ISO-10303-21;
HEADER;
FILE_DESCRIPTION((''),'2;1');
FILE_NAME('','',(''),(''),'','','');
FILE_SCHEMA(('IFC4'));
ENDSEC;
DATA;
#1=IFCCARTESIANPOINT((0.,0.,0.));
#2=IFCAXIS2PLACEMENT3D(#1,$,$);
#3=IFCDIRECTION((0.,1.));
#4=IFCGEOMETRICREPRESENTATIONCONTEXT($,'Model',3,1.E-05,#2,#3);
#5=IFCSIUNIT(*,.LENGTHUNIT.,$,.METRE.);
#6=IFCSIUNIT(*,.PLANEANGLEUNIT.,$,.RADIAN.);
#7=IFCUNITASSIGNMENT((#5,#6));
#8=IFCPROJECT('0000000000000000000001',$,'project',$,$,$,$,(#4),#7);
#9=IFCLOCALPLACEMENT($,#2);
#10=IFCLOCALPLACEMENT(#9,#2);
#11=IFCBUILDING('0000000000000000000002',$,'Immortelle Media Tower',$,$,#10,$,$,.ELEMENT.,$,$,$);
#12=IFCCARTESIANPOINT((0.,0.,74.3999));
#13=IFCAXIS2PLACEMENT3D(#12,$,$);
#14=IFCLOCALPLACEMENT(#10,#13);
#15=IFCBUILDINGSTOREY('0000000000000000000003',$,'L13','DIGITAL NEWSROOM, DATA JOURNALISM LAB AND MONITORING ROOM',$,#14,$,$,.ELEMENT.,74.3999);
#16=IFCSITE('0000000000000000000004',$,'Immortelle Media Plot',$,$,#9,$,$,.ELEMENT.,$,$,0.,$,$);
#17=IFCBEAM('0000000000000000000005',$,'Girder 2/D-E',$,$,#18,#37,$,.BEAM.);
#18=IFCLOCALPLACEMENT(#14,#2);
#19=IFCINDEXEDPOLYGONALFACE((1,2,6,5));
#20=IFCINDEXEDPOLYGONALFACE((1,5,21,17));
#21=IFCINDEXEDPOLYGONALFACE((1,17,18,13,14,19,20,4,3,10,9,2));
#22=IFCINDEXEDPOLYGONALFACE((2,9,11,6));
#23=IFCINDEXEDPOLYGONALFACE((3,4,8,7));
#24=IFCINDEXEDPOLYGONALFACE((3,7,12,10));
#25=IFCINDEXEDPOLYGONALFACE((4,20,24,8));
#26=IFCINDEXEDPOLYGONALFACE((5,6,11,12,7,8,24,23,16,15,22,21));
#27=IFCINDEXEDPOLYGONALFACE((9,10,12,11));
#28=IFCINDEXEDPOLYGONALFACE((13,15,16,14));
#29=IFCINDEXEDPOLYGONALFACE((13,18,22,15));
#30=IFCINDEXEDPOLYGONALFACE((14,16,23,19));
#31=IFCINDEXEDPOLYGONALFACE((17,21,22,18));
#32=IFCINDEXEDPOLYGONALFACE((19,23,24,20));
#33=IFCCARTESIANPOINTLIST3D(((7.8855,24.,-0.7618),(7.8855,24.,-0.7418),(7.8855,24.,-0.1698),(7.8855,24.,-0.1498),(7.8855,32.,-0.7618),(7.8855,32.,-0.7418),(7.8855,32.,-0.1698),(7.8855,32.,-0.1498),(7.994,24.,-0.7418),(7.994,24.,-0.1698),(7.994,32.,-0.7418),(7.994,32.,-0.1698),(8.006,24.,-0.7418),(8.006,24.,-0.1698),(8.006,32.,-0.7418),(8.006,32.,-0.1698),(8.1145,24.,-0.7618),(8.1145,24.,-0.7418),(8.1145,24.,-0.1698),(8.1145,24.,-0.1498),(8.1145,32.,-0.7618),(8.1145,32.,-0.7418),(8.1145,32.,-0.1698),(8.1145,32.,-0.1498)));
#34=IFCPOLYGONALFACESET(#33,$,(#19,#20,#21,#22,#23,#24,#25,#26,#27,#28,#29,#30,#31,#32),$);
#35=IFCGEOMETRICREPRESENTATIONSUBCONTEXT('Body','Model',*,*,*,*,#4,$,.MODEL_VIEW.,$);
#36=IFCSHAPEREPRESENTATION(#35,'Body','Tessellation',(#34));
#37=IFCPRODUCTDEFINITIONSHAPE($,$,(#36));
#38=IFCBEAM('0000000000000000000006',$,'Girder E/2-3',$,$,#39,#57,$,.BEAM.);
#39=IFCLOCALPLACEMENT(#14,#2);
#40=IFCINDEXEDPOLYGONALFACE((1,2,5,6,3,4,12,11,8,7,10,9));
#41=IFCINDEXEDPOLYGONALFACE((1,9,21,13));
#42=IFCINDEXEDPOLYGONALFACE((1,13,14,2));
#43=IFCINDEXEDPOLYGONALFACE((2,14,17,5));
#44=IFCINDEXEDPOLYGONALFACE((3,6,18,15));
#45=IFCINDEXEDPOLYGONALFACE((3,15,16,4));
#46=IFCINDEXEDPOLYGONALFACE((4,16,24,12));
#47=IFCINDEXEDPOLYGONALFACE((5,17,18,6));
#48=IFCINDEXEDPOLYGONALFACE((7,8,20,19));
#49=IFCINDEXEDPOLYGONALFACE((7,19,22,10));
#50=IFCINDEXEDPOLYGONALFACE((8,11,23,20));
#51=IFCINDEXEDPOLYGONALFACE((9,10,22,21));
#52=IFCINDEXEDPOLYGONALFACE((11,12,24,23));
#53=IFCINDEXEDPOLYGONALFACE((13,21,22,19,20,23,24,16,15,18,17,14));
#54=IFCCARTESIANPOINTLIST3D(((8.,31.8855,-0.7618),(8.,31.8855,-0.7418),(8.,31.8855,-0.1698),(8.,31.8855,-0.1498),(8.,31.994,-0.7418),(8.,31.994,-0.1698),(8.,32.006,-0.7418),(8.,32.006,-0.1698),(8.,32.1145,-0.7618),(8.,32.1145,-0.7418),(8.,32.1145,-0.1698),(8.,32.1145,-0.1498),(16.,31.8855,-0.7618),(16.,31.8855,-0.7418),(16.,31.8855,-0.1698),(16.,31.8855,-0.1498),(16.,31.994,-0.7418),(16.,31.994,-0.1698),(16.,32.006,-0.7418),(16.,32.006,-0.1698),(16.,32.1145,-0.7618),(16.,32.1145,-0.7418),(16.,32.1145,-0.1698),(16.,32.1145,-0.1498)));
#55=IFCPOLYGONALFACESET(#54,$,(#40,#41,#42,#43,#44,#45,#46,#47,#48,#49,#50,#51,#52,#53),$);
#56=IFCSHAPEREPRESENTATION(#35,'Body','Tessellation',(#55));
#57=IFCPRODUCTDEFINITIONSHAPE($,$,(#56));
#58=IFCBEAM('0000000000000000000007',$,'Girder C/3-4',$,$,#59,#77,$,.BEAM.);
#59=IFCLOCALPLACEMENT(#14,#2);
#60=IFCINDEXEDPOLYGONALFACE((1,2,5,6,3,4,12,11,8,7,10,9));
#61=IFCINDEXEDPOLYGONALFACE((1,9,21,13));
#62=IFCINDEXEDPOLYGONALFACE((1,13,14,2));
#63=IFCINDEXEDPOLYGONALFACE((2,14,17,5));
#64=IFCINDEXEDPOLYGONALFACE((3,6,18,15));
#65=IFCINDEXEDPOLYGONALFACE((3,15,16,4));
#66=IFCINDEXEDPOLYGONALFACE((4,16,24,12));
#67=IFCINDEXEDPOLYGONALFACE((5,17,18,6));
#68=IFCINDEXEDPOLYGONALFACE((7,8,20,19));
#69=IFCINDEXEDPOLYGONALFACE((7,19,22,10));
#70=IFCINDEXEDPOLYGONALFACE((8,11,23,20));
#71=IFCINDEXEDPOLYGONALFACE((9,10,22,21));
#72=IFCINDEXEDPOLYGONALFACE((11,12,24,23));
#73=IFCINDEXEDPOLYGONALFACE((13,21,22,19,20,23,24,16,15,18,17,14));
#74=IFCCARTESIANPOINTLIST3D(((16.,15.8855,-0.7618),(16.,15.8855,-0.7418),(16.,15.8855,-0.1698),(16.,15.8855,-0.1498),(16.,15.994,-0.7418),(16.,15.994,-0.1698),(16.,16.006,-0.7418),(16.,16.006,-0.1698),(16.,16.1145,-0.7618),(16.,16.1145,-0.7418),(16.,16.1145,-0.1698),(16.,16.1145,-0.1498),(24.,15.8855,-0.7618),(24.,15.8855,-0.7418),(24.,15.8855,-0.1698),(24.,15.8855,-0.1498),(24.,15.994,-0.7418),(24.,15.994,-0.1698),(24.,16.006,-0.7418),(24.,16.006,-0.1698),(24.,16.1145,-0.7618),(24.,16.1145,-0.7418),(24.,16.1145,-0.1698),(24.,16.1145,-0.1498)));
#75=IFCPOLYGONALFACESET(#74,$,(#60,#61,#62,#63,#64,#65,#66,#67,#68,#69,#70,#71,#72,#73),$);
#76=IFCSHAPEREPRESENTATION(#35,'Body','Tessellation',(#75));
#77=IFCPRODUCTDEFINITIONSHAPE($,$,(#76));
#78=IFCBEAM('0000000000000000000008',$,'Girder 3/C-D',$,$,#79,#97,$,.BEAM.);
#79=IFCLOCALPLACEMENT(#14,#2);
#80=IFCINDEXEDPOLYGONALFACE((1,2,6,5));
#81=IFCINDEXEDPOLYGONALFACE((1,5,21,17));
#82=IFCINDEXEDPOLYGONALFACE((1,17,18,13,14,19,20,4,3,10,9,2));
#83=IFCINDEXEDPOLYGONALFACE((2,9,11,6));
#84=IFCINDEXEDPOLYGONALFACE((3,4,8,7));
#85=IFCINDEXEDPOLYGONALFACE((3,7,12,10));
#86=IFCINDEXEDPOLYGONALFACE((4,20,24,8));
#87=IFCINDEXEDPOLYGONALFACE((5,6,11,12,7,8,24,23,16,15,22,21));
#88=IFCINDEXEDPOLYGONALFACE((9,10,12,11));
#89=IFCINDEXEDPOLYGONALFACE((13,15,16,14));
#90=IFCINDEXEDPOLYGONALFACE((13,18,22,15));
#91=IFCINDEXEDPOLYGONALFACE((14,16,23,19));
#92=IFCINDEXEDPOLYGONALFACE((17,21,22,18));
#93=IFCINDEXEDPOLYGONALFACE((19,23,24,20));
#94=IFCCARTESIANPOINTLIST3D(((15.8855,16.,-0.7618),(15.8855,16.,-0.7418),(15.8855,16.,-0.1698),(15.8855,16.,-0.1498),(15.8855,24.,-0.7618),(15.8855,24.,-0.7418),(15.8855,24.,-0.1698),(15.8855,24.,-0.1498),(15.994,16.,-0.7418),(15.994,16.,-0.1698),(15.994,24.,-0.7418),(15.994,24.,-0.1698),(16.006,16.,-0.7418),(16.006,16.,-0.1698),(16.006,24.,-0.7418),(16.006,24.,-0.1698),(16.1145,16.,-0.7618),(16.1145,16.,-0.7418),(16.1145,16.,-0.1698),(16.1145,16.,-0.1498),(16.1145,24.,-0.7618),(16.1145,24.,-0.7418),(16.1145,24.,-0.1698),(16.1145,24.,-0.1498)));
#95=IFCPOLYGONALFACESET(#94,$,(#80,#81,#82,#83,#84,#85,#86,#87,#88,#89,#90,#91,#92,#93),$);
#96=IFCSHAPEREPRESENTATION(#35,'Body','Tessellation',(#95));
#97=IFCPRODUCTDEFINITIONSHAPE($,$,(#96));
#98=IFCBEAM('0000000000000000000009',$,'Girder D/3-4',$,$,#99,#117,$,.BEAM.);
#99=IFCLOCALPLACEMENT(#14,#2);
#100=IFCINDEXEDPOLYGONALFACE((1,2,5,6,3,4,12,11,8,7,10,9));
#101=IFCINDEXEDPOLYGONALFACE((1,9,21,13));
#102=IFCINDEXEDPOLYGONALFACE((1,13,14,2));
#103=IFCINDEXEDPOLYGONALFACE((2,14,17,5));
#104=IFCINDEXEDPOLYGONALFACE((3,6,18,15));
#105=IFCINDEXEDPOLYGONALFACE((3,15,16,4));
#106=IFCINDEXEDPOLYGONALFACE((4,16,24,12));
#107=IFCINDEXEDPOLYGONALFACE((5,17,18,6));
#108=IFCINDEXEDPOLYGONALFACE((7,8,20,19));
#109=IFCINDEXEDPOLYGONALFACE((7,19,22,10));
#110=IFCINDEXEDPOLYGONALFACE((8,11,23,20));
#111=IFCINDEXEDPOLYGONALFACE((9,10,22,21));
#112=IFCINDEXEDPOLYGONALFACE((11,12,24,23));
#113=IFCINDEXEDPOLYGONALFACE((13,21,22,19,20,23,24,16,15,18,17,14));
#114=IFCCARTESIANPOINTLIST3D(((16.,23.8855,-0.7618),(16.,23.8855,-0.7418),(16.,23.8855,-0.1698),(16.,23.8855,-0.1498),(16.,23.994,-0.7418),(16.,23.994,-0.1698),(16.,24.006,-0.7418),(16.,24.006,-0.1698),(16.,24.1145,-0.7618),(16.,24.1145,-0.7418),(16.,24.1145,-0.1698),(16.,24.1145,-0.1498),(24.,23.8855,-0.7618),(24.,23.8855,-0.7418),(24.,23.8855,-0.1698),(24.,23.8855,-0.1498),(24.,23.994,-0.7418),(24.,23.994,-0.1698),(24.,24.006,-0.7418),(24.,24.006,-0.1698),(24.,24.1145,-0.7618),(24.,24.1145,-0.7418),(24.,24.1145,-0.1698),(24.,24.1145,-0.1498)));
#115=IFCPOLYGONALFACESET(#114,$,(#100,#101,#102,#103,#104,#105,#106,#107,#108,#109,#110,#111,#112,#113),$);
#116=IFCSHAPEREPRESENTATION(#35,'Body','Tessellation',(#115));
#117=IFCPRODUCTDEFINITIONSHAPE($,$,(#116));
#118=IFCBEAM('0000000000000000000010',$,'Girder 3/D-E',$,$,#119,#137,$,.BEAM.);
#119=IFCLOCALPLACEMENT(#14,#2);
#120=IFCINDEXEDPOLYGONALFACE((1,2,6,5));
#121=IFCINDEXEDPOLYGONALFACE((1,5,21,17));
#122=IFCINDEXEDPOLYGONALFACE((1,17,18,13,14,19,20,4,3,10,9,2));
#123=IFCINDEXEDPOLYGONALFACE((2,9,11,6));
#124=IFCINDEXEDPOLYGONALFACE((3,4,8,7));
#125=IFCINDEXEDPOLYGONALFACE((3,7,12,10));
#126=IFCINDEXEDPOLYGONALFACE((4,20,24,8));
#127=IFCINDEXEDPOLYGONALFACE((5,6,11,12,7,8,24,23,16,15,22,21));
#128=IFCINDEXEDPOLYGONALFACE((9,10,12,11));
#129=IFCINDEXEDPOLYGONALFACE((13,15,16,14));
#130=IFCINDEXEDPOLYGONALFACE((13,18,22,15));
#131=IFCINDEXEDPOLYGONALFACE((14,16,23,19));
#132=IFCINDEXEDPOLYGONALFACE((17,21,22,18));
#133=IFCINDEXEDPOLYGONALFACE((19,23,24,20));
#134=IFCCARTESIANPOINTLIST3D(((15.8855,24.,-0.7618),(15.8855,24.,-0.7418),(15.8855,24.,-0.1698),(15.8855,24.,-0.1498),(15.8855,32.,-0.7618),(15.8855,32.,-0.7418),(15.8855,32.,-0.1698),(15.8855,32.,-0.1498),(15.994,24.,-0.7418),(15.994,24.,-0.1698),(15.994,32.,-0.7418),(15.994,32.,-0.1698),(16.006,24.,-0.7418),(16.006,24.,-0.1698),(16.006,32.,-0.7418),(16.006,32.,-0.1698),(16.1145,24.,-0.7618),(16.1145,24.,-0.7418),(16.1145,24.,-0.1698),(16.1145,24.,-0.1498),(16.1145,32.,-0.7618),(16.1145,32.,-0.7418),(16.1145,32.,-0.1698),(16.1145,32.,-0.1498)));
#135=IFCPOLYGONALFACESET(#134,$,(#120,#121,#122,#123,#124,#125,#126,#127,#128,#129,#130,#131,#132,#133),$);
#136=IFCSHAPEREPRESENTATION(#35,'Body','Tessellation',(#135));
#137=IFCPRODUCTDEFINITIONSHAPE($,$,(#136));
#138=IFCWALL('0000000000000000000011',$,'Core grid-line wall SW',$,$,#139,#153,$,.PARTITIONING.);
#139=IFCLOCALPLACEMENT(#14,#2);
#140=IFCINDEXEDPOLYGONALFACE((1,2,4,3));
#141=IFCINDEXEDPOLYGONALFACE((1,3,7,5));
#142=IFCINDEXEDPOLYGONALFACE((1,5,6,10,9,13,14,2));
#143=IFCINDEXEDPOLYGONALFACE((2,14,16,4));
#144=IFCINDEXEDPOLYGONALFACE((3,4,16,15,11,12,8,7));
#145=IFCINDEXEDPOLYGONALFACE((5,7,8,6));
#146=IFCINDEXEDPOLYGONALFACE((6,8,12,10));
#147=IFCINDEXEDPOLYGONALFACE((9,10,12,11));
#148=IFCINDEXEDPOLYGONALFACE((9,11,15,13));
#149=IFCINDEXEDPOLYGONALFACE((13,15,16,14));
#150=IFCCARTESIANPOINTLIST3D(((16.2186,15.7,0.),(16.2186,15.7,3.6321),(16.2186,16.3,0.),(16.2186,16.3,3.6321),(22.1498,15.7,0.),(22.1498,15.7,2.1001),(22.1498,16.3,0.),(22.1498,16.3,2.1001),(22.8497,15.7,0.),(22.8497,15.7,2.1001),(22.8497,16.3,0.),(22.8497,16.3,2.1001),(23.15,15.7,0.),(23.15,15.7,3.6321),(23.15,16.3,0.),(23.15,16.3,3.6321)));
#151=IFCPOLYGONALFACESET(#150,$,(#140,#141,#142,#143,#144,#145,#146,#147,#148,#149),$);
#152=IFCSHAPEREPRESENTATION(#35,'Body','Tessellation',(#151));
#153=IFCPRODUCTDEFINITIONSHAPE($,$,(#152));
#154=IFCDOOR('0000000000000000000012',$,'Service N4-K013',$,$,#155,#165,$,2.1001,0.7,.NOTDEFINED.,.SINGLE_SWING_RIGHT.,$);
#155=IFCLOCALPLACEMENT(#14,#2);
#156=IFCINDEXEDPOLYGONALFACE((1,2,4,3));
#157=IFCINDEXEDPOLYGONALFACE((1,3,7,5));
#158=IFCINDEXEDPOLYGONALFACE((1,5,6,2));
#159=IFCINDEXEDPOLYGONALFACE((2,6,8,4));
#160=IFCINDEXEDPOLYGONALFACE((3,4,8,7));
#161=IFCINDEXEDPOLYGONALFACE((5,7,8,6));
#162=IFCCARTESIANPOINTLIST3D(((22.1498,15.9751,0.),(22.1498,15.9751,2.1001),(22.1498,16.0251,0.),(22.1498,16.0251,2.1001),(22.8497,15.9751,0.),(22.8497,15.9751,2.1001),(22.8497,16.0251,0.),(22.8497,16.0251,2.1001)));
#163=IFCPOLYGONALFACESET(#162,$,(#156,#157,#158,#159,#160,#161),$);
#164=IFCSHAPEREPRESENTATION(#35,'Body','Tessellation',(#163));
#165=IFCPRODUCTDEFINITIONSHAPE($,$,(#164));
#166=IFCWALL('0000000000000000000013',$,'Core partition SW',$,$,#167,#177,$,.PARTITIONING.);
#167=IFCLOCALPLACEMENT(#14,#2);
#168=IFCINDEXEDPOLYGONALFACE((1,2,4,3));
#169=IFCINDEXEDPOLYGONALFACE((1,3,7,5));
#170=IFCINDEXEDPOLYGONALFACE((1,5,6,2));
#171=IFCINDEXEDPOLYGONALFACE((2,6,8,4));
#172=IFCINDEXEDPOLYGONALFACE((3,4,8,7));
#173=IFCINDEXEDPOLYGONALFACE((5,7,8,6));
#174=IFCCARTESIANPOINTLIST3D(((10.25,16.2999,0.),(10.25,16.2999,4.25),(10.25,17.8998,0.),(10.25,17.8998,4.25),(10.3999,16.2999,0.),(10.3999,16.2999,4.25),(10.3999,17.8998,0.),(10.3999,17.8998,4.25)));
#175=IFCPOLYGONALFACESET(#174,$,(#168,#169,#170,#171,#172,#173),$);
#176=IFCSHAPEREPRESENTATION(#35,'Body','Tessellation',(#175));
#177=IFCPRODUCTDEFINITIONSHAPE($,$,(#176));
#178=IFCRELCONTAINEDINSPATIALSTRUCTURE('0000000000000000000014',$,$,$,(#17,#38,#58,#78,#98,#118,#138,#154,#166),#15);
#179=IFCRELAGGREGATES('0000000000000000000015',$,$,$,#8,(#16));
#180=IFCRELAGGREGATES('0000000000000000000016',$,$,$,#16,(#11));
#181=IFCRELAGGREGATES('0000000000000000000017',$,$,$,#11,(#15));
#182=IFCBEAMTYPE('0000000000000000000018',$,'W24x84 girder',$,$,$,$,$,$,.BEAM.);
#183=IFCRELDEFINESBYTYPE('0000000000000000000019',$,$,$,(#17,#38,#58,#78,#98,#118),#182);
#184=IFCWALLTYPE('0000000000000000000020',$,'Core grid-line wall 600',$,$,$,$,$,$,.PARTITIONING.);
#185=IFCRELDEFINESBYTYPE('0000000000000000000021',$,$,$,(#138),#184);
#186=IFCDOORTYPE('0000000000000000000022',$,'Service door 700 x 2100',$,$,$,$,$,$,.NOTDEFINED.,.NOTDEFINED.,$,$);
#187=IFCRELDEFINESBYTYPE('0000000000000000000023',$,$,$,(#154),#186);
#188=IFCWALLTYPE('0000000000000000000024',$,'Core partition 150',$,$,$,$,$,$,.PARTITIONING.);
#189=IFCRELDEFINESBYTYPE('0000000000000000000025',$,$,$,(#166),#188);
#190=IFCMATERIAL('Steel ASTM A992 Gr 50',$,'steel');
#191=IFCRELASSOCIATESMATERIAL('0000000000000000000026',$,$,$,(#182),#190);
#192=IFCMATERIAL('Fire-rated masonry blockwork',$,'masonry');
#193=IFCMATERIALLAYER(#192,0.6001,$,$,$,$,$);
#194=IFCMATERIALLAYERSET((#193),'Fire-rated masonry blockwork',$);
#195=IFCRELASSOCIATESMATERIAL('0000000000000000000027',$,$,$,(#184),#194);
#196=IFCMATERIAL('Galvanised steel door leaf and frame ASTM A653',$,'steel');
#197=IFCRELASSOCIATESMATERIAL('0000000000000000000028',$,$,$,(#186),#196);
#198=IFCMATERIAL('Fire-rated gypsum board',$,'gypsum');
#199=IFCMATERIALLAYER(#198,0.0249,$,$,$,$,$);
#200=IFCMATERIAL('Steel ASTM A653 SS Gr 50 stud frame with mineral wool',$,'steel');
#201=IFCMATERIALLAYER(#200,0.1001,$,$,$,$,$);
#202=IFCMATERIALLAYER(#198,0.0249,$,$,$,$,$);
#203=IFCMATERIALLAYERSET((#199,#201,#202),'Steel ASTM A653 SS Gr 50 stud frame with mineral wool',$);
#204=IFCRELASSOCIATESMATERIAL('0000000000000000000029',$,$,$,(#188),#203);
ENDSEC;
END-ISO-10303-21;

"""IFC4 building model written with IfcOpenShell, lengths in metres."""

from ifc_helpers import new_model, si_unit, direction, frame, frame_2d, origin, origin_2d, place, context, subcontext, project, spatial, rectangle, i_section, extrude, material, layer, layer_set, material_profile, profile_set, type_object, element, fill, save


model = new_model("IFC4")

# Units and contexts
model_context = context("Model", 3, precision=1e-05, world=origin(), true_north=direction((0.0, 1.0)))
body_context = subcontext(model_context, "Body", "Model", "MODEL_VIEW")
ifc_project = project(units=[si_unit("LENGTHUNIT", "METRE"), si_unit("PLANEANGLEUNIT", "RADIAN")], contexts=[model_context])

# Site, building, storey
site_placement = place(None, origin())
site = spatial("IfcSite", under=ifc_project, at=site_placement, Name="Immortelle Media Plot", CompositionType="ELEMENT", RefElevation=0.0)
building_placement = place(site_placement, origin())
building = spatial("IfcBuilding", under=site, at=building_placement, Name="Immortelle Media Tower", CompositionType="ELEMENT")
storey_placement = place(building_placement, frame((0.0, 0.0, 74.3999)))
storey = spatial("IfcBuildingStorey", under=building, at=storey_placement, Name="L13", Description="DIGITAL NEWSROOM, DATA JOURNALISM LAB AND MONITORING ROOM", CompositionType="ELEMENT", Elevation=74.3999)

# Shared definitions
ifc_material_1 = material(Name="Steel ASTM A992 Gr 50", Category="steel")

# Beams
ifc_material_profile_1 = material_profile(ifc_material_1, i_section(OverallWidth=0.229, OverallDepth=0.6121, WebThickness=0.012, FlangeThickness=0.02, at=origin_2d()), Name="W24x84")
ifc_profile_set_1 = profile_set([ifc_material_profile_1], Name="Steel ASTM A992 Gr 50")
beam_type_1 = type_object("IfcBeamType", Name="W24x84 girder", PredefinedType="BEAM", material=ifc_profile_set_1)
for number, where, z_axis, x_axis, name in (
    (1, (8.0, 24.0, -0.4558), (0.0, 1.0, 0.0), (-1.0, 0.0, 0.0), "Girder 2/D-E"),
    (2, (8.0, 32.0, -0.4558), (1.0, 0.0, 0.0), (0.0, 1.0, 0.0), "Girder E/2-3"),
    (3, (16.0, 16.0, -0.4558), (1.0, 0.0, 0.0), (0.0, 1.0, 0.0), "Girder C/3-4"),
    (4, (16.0, 16.0, -0.4558), (0.0, 1.0, 0.0), (-1.0, 0.0, 0.0), "Girder 3/C-D"),
    (5, (16.0, 24.0, -0.4558), (1.0, 0.0, 0.0), (0.0, 1.0, 0.0), "Girder D/3-4"),
    (6, (16.0, 24.0, -0.4558), (0.0, 1.0, 0.0), (-1.0, 0.0, 0.0), "Girder 3/D-E"),
):
    element("IfcBeam", number, at=place(storey_placement, frame(where, z_axis=z_axis, x_axis=x_axis)), inside=storey, type_object=beam_type_1, Name=name, PredefinedType="BEAM", context=body_context, shape_type="SweptSolid", body=[
        extrude(i_section(OverallWidth=0.229, OverallDepth=0.6121, WebThickness=0.012, FlangeThickness=0.02, at=origin_2d()), origin(), (0.0, 0.0, 1.0), 8.0),
    ])

# Wall, opening, door
ifc_material_2 = material(Name="Fire-rated masonry blockwork", Category="masonry")
ifc_layer_1 = layer(ifc_material_2, 0.6001)
ifc_layer_set_1 = layer_set([ifc_layer_1], Name="Fire-rated masonry blockwork")
wall_type_1 = type_object("IfcWallType", Name="Core grid-line wall 600", PredefinedType="PARTITIONING", material=ifc_layer_set_1)
wall_1_placement = place(storey_placement, frame((16.2185, 16.0, 0.0), z_axis=(0.0, 0.0, 1.0), x_axis=(1.0, 0.0, 0.0)))
wall_1 = element("IfcWall", 7, at=wall_1_placement, inside=storey, type_object=wall_type_1, Name="Core grid-line wall SW", PredefinedType="PARTITIONING", context=body_context, shape_type="SweptSolid", body=[
    extrude(rectangle(XDim=6.9314, YDim=0.6001, at=frame_2d((3.4658, 0.0))), origin(), (0.0, 0.0, 1.0), 3.6321),
])
opening_1_placement = place(wall_1_placement, frame((6.6313, 0.0, 0.0), z_axis=(0.0, 0.0, 1.0), x_axis=(-1.0, 0.0, 0.0)))
opening_1 = element("IfcOpeningElement", 8, at=opening_1_placement, cuts=wall_1, PredefinedType="OPENING", context=body_context, shape_type="SweptSolid", body=[
    extrude(rectangle(XDim=0.7, YDim=2.1001, at=frame_2d((0.3501, 1.05))), frame((0.0, 0.3101, 0.0), z_axis=(0.0, -1.0, 0.0), x_axis=(1.0, 0.0, 0.0)), (0.0, 0.0, 1.0), 0.6201),
])
ifc_material_3 = material(Name="Galvanised steel door leaf and frame ASTM A653", Category="steel")
door_type_1 = type_object("IfcDoorType", Name="Service door 700 x 2100", OperationType="NOTDEFINED", PredefinedType="NOTDEFINED", material=ifc_material_3)
door_1_placement = place(opening_1_placement, origin())
door_1 = element("IfcDoor", 9, at=door_1_placement, inside=storey, type_object=door_type_1, Name="Service N4-K013", OperationType="SINGLE_SWING_RIGHT", OverallHeight=2.1001, OverallWidth=0.7, PredefinedType="NOTDEFINED", context=body_context, shape_type="SweptSolid", body=[
    extrude(rectangle(XDim=0.7, YDim=2.1001, at=frame_2d((0.3501, 1.05))), frame((0.0, 0.0249, 0.0), z_axis=(0.0, -1.0, 0.0), x_axis=(1.0, 0.0, 0.0)), (0.0, 0.0, 1.0), 0.05),
])
fill(opening_1, door_1)

# Wall
ifc_material_4 = material(Name="Fire-rated gypsum board", Category="gypsum")
ifc_layer_2 = layer(ifc_material_4, 0.0249)
ifc_material_5 = material(Name="Steel ASTM A653 SS Gr 50 stud frame with mineral wool", Category="steel")
ifc_layer_3 = layer(ifc_material_5, 0.1001)
ifc_layer_4 = layer(ifc_material_4, 0.0249)
ifc_layer_set_2 = layer_set([ifc_layer_2, ifc_layer_3, ifc_layer_4], Name="Steel ASTM A653 SS Gr 50 stud frame with mineral wool")
wall_type_2 = type_object("IfcWallType", Name="Core partition 150", PredefinedType="PARTITIONING", material=ifc_layer_set_2)
wall_2_placement = place(storey_placement, frame((10.325, 16.3, 0.0), z_axis=(0.0, 0.0, 1.0), x_axis=(0.0, 1.0, 0.0)))
element("IfcWall", 10, at=wall_2_placement, inside=storey, type_object=wall_type_2, Name="Core partition SW", PredefinedType="PARTITIONING", context=body_context, shape_type="SweptSolid", body=[
    extrude(rectangle(XDim=1.5999, YDim=0.1499, at=frame_2d((0.7998, 0.0))), origin(), (0.0, 0.0, 1.0), 4.25),
])

save(model, "model.ifc")
